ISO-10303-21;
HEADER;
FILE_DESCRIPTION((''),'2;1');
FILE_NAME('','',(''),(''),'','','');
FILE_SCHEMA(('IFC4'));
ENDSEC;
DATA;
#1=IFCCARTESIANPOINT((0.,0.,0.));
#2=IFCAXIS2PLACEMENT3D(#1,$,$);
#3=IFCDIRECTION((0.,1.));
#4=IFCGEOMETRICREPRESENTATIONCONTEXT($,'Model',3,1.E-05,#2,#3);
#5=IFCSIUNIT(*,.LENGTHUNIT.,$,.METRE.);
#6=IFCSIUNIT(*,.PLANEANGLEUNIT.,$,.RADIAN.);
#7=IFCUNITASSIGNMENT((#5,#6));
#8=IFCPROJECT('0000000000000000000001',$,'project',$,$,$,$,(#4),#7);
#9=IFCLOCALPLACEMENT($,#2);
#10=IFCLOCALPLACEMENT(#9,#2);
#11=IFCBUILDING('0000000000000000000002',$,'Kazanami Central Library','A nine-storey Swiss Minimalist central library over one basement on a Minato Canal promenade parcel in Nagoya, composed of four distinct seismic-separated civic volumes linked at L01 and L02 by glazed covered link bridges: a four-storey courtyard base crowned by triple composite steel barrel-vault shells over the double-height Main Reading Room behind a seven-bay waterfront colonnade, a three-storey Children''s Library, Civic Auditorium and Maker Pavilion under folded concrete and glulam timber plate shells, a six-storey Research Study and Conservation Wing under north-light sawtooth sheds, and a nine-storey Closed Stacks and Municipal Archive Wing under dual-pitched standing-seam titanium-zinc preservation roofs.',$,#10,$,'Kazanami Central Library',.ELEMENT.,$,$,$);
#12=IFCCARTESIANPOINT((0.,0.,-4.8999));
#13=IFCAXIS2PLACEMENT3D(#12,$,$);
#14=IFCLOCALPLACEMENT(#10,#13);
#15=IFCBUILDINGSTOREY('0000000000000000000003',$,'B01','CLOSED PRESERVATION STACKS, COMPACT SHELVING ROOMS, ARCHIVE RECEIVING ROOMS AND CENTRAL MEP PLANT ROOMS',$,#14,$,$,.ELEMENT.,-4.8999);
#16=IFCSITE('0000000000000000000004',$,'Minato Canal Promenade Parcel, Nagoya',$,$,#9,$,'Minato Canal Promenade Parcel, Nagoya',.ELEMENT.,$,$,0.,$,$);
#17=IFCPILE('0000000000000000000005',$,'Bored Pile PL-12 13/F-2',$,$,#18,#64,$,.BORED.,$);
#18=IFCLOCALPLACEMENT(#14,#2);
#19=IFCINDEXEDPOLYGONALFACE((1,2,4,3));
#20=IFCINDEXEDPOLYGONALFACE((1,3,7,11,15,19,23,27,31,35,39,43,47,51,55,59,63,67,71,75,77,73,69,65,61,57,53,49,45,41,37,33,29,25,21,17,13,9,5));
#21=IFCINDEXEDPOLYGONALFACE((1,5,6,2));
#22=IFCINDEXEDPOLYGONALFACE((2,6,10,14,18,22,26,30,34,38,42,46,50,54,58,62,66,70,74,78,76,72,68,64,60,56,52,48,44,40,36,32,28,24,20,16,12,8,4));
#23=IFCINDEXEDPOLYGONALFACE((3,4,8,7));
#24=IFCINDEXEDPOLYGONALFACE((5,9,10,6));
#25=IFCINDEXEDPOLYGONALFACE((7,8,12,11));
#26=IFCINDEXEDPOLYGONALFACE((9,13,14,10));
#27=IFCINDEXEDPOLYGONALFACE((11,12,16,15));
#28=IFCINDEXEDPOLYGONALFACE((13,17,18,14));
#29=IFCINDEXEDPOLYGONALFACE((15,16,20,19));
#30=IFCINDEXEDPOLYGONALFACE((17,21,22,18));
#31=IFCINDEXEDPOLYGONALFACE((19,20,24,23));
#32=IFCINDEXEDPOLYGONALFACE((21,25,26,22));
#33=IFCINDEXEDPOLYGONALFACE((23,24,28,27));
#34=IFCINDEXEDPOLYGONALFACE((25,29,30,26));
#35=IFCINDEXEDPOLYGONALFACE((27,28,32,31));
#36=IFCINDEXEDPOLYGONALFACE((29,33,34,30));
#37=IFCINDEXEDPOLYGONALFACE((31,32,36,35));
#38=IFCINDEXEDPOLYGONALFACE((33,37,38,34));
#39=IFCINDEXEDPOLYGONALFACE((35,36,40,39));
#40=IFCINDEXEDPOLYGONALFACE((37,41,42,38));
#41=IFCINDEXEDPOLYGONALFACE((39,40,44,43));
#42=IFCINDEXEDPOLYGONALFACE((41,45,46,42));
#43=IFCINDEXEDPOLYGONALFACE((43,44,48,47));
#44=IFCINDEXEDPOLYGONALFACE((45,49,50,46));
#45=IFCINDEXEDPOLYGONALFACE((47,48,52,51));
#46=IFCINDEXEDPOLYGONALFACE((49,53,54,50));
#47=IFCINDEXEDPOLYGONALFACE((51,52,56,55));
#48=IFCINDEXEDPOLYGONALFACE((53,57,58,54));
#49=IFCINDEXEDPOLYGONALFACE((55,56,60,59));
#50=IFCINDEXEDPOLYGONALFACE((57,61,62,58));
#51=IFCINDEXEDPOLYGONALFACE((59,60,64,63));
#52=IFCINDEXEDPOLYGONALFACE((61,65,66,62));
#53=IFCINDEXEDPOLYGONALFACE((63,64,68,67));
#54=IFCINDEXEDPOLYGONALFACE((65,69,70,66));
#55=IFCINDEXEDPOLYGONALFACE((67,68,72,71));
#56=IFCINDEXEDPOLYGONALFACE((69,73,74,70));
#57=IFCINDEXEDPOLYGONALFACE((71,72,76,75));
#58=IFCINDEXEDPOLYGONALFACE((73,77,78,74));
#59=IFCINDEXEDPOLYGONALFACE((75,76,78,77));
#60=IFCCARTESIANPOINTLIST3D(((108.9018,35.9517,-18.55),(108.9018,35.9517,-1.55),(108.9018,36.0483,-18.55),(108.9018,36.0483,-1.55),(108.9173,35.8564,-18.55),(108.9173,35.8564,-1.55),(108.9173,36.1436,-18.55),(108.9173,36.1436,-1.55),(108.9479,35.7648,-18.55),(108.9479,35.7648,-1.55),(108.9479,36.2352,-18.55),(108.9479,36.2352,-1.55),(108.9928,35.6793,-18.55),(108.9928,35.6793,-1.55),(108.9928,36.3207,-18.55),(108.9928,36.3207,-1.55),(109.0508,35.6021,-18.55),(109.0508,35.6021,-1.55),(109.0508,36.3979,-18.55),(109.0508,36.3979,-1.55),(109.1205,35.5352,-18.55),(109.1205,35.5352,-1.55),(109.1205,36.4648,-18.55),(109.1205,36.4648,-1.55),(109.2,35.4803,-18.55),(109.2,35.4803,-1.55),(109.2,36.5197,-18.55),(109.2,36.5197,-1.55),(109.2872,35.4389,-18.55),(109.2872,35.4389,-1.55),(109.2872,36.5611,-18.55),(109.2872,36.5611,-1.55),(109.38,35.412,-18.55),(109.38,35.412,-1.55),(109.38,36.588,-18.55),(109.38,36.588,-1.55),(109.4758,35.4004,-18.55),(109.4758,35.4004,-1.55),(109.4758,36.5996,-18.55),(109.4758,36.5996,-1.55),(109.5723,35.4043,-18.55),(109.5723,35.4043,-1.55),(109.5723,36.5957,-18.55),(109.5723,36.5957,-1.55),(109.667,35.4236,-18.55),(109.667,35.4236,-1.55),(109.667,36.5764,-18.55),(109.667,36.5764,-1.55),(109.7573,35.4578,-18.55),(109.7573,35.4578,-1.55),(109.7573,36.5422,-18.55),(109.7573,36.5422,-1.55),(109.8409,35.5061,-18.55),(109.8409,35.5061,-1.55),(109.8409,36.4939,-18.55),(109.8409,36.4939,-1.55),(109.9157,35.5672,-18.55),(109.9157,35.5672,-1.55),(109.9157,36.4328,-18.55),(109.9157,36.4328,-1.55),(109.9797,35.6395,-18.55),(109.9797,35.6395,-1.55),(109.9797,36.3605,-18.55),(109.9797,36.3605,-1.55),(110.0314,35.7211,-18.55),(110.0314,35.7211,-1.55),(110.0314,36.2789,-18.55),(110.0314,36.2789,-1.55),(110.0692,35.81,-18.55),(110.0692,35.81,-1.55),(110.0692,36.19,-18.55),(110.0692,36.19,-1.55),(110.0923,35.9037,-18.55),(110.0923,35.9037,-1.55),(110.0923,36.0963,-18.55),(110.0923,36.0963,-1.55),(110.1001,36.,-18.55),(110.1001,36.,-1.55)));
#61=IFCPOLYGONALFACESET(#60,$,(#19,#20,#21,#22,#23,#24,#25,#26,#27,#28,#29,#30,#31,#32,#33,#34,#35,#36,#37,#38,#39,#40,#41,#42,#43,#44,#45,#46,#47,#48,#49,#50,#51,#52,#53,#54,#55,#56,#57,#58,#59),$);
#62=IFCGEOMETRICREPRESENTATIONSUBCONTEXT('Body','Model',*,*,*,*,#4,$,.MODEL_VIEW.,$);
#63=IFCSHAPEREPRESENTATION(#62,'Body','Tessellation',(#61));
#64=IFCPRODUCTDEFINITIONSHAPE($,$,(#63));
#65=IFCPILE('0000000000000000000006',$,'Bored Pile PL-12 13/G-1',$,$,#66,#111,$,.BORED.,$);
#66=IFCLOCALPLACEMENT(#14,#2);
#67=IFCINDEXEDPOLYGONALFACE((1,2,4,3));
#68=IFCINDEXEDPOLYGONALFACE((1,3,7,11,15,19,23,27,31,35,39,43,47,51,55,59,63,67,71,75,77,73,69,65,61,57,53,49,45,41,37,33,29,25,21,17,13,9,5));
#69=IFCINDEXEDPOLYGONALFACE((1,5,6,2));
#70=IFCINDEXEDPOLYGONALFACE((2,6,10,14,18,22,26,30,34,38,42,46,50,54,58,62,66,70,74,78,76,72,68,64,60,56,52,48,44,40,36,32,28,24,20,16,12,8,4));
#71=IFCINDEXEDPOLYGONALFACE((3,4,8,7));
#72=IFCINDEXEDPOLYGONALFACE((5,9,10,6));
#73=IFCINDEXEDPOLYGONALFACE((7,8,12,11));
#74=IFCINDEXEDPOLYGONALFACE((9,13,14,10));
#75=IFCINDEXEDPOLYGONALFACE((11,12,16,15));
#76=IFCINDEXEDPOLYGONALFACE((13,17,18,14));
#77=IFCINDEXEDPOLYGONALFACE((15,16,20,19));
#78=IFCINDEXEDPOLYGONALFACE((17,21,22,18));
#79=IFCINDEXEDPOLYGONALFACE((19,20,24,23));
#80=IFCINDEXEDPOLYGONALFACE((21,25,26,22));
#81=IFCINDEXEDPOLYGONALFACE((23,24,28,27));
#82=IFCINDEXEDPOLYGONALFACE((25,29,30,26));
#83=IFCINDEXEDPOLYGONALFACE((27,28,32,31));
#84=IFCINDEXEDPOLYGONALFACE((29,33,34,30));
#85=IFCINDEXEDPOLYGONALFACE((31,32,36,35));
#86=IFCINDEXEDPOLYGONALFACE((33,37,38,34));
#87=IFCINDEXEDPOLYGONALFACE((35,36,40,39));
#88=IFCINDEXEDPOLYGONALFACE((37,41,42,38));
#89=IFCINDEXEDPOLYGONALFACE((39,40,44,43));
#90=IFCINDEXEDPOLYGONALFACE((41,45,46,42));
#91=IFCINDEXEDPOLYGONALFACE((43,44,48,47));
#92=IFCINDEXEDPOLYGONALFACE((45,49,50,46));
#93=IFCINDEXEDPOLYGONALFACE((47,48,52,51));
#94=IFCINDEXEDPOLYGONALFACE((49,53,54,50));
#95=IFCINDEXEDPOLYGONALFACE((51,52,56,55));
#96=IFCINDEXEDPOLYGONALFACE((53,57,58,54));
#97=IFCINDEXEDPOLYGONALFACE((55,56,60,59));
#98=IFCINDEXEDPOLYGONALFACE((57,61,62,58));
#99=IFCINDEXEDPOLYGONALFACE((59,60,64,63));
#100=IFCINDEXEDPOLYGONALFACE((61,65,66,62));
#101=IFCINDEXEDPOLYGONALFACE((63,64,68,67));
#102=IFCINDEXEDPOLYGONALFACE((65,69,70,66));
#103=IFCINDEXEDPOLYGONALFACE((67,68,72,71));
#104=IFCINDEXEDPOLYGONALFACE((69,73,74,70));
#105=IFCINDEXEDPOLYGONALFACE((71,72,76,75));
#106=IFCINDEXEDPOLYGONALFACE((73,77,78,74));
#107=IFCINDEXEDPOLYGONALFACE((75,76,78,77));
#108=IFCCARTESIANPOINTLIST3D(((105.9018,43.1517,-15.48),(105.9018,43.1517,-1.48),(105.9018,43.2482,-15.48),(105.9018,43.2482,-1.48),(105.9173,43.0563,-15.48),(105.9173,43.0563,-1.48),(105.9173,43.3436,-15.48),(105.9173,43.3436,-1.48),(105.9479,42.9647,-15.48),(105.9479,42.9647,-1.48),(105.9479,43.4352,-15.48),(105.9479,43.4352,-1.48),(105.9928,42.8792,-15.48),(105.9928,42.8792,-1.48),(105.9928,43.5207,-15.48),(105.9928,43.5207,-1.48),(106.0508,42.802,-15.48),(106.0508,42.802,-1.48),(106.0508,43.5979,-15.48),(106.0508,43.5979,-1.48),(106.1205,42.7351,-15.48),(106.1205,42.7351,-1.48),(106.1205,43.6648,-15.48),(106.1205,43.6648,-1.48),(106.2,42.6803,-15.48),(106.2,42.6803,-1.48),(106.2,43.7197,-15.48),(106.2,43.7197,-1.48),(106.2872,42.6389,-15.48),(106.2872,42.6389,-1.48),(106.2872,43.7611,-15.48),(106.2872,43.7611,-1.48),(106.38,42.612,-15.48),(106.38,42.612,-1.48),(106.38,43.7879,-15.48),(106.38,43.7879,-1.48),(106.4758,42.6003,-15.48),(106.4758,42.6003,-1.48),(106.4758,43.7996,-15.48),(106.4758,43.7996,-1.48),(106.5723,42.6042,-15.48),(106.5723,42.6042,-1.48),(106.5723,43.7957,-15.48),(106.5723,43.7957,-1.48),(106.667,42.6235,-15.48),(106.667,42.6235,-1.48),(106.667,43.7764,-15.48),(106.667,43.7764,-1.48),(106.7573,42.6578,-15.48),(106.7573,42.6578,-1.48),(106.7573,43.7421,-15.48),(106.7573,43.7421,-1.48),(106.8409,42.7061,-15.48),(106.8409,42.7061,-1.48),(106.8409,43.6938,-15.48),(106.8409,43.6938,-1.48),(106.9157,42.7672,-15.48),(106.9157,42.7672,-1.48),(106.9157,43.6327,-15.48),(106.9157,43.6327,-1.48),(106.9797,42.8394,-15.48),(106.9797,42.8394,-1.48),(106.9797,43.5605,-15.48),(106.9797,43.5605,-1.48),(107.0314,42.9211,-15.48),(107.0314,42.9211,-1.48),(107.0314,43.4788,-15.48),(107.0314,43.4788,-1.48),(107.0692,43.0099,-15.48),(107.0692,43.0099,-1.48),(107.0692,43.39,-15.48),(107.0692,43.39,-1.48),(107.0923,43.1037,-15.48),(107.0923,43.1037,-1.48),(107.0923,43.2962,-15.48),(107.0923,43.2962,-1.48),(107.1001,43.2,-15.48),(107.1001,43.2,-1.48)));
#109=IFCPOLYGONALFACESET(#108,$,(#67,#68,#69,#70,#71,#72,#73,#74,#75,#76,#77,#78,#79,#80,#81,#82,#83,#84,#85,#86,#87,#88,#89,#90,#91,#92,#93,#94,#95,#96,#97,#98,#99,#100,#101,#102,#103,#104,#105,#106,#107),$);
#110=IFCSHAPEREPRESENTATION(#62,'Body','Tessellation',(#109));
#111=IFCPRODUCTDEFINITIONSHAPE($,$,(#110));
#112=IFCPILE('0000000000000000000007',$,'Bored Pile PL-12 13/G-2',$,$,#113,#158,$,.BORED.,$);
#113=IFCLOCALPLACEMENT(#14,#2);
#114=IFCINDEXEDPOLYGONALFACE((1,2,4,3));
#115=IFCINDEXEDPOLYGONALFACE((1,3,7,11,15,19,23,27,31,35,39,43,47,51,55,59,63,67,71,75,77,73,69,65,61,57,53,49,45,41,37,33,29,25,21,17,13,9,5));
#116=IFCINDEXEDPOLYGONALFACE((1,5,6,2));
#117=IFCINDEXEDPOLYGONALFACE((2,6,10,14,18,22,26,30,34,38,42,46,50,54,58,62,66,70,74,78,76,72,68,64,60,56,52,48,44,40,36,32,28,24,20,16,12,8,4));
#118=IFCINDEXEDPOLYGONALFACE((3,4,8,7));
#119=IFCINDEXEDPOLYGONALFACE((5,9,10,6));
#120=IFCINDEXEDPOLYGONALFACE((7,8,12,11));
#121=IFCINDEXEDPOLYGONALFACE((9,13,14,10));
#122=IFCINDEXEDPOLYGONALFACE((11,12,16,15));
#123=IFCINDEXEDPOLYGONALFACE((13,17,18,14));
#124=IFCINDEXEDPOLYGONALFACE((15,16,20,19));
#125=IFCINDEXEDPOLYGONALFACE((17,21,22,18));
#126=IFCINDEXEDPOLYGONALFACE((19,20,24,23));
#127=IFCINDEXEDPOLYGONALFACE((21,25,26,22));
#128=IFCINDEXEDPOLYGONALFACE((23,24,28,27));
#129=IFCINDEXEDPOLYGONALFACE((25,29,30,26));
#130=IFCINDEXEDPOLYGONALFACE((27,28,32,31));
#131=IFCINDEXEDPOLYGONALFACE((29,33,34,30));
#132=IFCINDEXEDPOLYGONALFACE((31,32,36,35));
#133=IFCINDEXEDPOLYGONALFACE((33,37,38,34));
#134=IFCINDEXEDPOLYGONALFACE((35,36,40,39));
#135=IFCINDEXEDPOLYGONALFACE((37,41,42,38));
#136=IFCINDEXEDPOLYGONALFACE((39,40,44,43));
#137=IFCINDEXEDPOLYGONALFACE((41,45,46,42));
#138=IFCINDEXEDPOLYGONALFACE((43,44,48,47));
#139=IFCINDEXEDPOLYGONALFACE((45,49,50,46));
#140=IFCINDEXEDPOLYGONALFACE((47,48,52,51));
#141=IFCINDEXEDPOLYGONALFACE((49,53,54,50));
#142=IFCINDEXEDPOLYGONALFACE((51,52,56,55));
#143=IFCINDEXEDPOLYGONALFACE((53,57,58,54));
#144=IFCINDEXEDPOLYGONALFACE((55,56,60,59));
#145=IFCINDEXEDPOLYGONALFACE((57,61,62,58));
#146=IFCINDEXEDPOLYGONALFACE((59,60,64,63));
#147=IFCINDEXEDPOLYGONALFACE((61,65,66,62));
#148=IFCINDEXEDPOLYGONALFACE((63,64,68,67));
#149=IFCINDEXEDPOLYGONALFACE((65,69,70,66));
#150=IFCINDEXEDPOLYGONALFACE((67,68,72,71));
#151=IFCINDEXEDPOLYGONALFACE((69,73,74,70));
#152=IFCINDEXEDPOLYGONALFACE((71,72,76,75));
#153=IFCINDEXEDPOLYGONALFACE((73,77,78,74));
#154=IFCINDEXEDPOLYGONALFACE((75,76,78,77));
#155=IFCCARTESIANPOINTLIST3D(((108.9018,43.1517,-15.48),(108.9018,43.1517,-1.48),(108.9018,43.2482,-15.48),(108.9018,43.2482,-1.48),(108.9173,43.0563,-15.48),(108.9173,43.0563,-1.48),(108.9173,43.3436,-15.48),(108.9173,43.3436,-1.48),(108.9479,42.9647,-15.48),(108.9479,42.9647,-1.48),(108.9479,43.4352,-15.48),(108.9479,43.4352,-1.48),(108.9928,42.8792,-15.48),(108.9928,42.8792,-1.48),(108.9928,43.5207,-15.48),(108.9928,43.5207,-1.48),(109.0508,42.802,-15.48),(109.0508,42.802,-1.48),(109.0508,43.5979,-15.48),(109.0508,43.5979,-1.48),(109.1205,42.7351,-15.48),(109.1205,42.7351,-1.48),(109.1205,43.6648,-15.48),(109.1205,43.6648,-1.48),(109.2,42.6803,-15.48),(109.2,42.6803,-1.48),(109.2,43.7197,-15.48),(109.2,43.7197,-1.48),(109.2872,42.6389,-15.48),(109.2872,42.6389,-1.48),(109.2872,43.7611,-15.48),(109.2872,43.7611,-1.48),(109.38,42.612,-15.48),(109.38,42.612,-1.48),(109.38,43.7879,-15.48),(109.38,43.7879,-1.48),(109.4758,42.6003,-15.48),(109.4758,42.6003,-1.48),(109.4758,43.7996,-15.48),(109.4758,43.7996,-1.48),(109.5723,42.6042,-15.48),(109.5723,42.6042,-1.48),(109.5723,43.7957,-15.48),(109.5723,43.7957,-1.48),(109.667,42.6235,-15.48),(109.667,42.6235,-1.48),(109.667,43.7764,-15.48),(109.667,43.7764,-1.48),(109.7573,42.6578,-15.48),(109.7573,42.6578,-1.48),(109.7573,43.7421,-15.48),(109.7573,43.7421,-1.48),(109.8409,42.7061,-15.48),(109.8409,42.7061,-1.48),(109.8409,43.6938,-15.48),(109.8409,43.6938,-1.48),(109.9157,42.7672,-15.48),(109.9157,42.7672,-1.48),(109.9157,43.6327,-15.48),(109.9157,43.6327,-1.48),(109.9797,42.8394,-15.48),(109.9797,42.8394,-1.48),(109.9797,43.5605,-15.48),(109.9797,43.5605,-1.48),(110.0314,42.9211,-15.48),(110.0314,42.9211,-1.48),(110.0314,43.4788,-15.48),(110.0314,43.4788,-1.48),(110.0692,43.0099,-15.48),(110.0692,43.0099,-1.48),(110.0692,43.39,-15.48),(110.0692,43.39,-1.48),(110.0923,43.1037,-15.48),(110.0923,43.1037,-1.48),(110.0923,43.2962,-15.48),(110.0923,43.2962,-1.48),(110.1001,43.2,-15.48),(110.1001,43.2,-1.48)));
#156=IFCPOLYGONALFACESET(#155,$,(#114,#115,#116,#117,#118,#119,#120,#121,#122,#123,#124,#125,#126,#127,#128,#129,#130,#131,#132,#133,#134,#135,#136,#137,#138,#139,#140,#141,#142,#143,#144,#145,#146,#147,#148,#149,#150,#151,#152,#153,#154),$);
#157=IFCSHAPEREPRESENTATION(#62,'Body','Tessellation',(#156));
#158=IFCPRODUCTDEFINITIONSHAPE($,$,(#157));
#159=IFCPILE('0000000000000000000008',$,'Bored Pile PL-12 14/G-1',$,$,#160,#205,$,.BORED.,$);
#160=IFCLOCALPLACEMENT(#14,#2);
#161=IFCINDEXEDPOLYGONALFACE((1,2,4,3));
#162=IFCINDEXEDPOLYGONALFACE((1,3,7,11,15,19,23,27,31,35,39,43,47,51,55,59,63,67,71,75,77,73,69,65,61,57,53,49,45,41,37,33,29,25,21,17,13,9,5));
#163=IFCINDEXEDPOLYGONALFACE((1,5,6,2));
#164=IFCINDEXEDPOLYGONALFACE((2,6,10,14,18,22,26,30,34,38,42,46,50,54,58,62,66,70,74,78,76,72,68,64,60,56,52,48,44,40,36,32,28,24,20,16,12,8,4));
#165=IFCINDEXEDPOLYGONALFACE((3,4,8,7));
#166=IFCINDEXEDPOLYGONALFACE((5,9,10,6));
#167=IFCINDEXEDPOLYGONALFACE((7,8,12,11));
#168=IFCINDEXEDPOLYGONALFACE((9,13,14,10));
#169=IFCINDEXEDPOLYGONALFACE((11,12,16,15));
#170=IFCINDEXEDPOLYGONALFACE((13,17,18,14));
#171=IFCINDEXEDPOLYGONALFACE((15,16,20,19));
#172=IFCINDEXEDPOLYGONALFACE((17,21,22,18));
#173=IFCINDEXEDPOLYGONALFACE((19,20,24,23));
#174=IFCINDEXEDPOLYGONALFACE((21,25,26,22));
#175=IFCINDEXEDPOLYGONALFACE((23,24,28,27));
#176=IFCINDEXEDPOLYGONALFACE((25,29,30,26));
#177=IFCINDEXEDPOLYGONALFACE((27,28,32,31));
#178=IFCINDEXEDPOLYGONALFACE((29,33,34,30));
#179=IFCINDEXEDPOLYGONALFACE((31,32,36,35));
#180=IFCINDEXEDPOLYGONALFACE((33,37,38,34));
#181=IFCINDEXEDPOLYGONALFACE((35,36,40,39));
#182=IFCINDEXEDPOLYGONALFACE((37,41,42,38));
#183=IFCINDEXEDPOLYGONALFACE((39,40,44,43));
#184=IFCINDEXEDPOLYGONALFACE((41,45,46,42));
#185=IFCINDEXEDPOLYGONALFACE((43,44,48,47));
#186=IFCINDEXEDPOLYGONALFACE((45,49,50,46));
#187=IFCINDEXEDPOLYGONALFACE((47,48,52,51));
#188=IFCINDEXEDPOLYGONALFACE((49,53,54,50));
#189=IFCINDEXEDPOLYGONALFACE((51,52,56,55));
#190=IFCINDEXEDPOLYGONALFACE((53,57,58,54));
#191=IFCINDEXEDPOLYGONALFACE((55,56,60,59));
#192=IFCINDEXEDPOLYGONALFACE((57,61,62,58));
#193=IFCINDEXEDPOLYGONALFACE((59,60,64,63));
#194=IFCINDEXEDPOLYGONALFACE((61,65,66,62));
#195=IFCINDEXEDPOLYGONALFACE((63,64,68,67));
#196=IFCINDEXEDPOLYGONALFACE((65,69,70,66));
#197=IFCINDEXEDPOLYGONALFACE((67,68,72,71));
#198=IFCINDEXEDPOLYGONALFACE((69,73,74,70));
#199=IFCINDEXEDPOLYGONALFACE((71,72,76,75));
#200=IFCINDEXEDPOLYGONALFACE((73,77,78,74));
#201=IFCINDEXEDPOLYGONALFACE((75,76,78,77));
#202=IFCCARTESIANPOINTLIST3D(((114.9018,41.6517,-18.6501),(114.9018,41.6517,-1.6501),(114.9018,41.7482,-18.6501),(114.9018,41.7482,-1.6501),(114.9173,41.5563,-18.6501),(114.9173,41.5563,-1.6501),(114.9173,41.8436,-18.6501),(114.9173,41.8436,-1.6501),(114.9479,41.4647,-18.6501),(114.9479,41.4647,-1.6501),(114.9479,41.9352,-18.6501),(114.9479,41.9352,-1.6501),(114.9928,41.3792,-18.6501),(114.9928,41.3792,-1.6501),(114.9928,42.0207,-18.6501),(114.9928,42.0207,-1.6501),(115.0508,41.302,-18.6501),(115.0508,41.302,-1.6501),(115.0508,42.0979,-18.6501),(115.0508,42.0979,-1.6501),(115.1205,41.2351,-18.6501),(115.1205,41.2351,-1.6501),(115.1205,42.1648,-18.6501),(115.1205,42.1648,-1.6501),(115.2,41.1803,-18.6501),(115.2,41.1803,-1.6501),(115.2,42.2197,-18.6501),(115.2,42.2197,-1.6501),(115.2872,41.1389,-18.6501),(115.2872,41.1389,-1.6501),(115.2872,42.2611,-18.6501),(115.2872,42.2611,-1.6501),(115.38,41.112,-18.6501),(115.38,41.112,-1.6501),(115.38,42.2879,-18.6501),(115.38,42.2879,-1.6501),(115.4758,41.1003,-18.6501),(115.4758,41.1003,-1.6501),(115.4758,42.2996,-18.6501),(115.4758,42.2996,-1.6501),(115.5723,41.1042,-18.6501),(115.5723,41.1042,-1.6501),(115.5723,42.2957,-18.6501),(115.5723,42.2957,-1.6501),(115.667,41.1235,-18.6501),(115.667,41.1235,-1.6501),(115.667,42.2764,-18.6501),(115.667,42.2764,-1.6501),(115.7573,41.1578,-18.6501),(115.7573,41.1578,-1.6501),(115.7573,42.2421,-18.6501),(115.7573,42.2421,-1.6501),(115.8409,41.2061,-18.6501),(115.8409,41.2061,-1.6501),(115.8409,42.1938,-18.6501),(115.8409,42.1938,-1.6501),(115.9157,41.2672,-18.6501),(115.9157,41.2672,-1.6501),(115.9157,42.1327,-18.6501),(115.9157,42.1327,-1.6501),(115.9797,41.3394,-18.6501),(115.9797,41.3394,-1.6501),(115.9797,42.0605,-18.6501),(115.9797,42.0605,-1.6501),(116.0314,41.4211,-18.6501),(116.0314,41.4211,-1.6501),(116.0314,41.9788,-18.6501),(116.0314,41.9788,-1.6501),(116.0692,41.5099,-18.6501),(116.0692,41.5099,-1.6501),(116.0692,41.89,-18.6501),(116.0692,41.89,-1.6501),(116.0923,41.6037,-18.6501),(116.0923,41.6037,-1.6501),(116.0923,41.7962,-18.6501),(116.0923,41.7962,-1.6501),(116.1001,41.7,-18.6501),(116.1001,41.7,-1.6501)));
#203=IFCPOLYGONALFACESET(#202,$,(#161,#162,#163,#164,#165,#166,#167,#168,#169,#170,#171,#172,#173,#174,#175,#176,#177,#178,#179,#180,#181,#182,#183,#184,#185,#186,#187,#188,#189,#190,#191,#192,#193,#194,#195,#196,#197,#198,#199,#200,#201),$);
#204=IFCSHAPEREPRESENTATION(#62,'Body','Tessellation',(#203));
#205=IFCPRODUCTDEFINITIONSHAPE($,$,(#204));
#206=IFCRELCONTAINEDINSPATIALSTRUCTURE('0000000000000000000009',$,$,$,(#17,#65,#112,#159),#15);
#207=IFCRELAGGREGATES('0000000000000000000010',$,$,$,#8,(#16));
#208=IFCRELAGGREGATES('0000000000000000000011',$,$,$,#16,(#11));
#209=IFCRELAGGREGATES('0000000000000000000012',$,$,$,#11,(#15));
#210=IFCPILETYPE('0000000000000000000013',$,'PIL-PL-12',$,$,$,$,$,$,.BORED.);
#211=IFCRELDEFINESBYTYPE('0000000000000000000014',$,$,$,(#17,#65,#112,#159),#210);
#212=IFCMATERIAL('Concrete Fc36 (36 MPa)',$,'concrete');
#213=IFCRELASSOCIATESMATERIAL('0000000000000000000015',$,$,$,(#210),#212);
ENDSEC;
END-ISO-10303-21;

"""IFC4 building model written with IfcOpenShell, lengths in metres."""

from ifc_helpers import new_model, si_unit, direction, frame, origin, origin_2d, place, context, subcontext, project, spatial, circle, extrude, material, material_profile, profile_set, type_object, element, save


model = new_model("IFC4")

# Units and contexts
model_context = context("Model", 3, precision=1e-05, world=origin(), true_north=direction((0.0, 1.0)))
body_context = subcontext(model_context, "Body", "Model", "MODEL_VIEW")
ifc_project = project(units=[si_unit("LENGTHUNIT", "METRE"), si_unit("PLANEANGLEUNIT", "RADIAN")], contexts=[model_context])

# Site, building, storey
site_placement = place(None, origin())
site = spatial("IfcSite", under=ifc_project, at=site_placement, Name="Minato Canal Promenade Parcel, Nagoya", LongName="Minato Canal Promenade Parcel, Nagoya", CompositionType="ELEMENT", RefElevation=0.0)
building_placement = place(site_placement, origin())
building = spatial("IfcBuilding", under=site, at=building_placement, Name="Kazanami Central Library", Description="A nine-storey Swiss Minimalist central library over one basement on a Minato Canal promenade parcel in Nagoya, composed of four distinct seismic-separated civic volumes linked at L01 and L02 by glazed covered link bridges: a four-storey courtyard base crowned by triple composite steel barrel-vault shells over the double-height Main Reading Room behind a seven-bay waterfront colonnade, a three-storey Children's Library, Civic Auditorium and Maker Pavilion under folded concrete and glulam timber plate shells, a six-storey Research Study and Conservation Wing under north-light sawtooth sheds, and a nine-storey Closed Stacks and Municipal Archive Wing under dual-pitched standing-seam titanium-zinc preservation roofs.", LongName="Kazanami Central Library", CompositionType="ELEMENT")
storey_placement = place(building_placement, frame((0.0, 0.0, -4.8999)))
storey = spatial("IfcBuildingStorey", under=building, at=storey_placement, Name="B01", Description="CLOSED PRESERVATION STACKS, COMPACT SHELVING ROOMS, ARCHIVE RECEIVING ROOMS AND CENTRAL MEP PLANT ROOMS", CompositionType="ELEMENT", Elevation=-4.8999)

# Shared definitions
ifc_material_1 = material(Name="Concrete Fc36 (36 MPa)", Category="concrete")

# Piles
ifc_material_profile_1 = material_profile(ifc_material_1, circle(Radius=0.6001, at=origin_2d()), Name="BORED-D1200")
ifc_profile_set_1 = profile_set([ifc_material_profile_1], Name="Concrete Fc36 (36 MPa)")
pile_type_1 = type_object("IfcPileType", Name="PIL-PL-12", PredefinedType="BORED", material=ifc_profile_set_1)
for number, where, z_axis, x_axis, name in (
    (1, (109.5, 36.0, -1.55), (0.0, 0.0, -1.0), (1.0, 0.0, 0.0), "Bored Pile PL-12 13/F-2"),
):
    element("IfcPile", number, at=place(storey_placement, frame(where, z_axis=z_axis, x_axis=x_axis)), inside=storey, type_object=pile_type_1, Name=name, PredefinedType="BORED", context=body_context, shape_type="SweptSolid", body=[
        extrude(circle(Radius=0.6001, at=origin_2d()), origin(), (0.0, 0.0, 1.0), 17.0),
    ])
for number, where, z_axis, x_axis, name in (
    (2, (106.5, 43.2, -1.48), (0.0, 0.0, -1.0), (1.0, 0.0, 0.0), "Bored Pile PL-12 13/G-1"),
    (3, (109.5, 43.2, -1.48), (0.0, 0.0, -1.0), (1.0, 0.0, 0.0), "Bored Pile PL-12 13/G-2"),
):
    element("IfcPile", number, at=place(storey_placement, frame(where, z_axis=z_axis, x_axis=x_axis)), inside=storey, type_object=pile_type_1, Name=name, PredefinedType="BORED", context=body_context, shape_type="SweptSolid", body=[
        extrude(circle(Radius=0.6001, at=origin_2d()), origin(), (0.0, 0.0, 1.0), 14.0),
    ])
for number, where, z_axis, x_axis, name in (
    (4, (115.5, 41.7, -1.6501), (0.0, 0.0, -1.0), (1.0, 0.0, 0.0), "Bored Pile PL-12 14/G-1"),
):
    element("IfcPile", number, at=place(storey_placement, frame(where, z_axis=z_axis, x_axis=x_axis)), inside=storey, type_object=pile_type_1, Name=name, PredefinedType="BORED", context=body_context, shape_type="SweptSolid", body=[
        extrude(circle(Radius=0.6001, at=origin_2d()), origin(), (0.0, 0.0, 1.0), 17.0),
    ])

save(model, "model.ifc")
